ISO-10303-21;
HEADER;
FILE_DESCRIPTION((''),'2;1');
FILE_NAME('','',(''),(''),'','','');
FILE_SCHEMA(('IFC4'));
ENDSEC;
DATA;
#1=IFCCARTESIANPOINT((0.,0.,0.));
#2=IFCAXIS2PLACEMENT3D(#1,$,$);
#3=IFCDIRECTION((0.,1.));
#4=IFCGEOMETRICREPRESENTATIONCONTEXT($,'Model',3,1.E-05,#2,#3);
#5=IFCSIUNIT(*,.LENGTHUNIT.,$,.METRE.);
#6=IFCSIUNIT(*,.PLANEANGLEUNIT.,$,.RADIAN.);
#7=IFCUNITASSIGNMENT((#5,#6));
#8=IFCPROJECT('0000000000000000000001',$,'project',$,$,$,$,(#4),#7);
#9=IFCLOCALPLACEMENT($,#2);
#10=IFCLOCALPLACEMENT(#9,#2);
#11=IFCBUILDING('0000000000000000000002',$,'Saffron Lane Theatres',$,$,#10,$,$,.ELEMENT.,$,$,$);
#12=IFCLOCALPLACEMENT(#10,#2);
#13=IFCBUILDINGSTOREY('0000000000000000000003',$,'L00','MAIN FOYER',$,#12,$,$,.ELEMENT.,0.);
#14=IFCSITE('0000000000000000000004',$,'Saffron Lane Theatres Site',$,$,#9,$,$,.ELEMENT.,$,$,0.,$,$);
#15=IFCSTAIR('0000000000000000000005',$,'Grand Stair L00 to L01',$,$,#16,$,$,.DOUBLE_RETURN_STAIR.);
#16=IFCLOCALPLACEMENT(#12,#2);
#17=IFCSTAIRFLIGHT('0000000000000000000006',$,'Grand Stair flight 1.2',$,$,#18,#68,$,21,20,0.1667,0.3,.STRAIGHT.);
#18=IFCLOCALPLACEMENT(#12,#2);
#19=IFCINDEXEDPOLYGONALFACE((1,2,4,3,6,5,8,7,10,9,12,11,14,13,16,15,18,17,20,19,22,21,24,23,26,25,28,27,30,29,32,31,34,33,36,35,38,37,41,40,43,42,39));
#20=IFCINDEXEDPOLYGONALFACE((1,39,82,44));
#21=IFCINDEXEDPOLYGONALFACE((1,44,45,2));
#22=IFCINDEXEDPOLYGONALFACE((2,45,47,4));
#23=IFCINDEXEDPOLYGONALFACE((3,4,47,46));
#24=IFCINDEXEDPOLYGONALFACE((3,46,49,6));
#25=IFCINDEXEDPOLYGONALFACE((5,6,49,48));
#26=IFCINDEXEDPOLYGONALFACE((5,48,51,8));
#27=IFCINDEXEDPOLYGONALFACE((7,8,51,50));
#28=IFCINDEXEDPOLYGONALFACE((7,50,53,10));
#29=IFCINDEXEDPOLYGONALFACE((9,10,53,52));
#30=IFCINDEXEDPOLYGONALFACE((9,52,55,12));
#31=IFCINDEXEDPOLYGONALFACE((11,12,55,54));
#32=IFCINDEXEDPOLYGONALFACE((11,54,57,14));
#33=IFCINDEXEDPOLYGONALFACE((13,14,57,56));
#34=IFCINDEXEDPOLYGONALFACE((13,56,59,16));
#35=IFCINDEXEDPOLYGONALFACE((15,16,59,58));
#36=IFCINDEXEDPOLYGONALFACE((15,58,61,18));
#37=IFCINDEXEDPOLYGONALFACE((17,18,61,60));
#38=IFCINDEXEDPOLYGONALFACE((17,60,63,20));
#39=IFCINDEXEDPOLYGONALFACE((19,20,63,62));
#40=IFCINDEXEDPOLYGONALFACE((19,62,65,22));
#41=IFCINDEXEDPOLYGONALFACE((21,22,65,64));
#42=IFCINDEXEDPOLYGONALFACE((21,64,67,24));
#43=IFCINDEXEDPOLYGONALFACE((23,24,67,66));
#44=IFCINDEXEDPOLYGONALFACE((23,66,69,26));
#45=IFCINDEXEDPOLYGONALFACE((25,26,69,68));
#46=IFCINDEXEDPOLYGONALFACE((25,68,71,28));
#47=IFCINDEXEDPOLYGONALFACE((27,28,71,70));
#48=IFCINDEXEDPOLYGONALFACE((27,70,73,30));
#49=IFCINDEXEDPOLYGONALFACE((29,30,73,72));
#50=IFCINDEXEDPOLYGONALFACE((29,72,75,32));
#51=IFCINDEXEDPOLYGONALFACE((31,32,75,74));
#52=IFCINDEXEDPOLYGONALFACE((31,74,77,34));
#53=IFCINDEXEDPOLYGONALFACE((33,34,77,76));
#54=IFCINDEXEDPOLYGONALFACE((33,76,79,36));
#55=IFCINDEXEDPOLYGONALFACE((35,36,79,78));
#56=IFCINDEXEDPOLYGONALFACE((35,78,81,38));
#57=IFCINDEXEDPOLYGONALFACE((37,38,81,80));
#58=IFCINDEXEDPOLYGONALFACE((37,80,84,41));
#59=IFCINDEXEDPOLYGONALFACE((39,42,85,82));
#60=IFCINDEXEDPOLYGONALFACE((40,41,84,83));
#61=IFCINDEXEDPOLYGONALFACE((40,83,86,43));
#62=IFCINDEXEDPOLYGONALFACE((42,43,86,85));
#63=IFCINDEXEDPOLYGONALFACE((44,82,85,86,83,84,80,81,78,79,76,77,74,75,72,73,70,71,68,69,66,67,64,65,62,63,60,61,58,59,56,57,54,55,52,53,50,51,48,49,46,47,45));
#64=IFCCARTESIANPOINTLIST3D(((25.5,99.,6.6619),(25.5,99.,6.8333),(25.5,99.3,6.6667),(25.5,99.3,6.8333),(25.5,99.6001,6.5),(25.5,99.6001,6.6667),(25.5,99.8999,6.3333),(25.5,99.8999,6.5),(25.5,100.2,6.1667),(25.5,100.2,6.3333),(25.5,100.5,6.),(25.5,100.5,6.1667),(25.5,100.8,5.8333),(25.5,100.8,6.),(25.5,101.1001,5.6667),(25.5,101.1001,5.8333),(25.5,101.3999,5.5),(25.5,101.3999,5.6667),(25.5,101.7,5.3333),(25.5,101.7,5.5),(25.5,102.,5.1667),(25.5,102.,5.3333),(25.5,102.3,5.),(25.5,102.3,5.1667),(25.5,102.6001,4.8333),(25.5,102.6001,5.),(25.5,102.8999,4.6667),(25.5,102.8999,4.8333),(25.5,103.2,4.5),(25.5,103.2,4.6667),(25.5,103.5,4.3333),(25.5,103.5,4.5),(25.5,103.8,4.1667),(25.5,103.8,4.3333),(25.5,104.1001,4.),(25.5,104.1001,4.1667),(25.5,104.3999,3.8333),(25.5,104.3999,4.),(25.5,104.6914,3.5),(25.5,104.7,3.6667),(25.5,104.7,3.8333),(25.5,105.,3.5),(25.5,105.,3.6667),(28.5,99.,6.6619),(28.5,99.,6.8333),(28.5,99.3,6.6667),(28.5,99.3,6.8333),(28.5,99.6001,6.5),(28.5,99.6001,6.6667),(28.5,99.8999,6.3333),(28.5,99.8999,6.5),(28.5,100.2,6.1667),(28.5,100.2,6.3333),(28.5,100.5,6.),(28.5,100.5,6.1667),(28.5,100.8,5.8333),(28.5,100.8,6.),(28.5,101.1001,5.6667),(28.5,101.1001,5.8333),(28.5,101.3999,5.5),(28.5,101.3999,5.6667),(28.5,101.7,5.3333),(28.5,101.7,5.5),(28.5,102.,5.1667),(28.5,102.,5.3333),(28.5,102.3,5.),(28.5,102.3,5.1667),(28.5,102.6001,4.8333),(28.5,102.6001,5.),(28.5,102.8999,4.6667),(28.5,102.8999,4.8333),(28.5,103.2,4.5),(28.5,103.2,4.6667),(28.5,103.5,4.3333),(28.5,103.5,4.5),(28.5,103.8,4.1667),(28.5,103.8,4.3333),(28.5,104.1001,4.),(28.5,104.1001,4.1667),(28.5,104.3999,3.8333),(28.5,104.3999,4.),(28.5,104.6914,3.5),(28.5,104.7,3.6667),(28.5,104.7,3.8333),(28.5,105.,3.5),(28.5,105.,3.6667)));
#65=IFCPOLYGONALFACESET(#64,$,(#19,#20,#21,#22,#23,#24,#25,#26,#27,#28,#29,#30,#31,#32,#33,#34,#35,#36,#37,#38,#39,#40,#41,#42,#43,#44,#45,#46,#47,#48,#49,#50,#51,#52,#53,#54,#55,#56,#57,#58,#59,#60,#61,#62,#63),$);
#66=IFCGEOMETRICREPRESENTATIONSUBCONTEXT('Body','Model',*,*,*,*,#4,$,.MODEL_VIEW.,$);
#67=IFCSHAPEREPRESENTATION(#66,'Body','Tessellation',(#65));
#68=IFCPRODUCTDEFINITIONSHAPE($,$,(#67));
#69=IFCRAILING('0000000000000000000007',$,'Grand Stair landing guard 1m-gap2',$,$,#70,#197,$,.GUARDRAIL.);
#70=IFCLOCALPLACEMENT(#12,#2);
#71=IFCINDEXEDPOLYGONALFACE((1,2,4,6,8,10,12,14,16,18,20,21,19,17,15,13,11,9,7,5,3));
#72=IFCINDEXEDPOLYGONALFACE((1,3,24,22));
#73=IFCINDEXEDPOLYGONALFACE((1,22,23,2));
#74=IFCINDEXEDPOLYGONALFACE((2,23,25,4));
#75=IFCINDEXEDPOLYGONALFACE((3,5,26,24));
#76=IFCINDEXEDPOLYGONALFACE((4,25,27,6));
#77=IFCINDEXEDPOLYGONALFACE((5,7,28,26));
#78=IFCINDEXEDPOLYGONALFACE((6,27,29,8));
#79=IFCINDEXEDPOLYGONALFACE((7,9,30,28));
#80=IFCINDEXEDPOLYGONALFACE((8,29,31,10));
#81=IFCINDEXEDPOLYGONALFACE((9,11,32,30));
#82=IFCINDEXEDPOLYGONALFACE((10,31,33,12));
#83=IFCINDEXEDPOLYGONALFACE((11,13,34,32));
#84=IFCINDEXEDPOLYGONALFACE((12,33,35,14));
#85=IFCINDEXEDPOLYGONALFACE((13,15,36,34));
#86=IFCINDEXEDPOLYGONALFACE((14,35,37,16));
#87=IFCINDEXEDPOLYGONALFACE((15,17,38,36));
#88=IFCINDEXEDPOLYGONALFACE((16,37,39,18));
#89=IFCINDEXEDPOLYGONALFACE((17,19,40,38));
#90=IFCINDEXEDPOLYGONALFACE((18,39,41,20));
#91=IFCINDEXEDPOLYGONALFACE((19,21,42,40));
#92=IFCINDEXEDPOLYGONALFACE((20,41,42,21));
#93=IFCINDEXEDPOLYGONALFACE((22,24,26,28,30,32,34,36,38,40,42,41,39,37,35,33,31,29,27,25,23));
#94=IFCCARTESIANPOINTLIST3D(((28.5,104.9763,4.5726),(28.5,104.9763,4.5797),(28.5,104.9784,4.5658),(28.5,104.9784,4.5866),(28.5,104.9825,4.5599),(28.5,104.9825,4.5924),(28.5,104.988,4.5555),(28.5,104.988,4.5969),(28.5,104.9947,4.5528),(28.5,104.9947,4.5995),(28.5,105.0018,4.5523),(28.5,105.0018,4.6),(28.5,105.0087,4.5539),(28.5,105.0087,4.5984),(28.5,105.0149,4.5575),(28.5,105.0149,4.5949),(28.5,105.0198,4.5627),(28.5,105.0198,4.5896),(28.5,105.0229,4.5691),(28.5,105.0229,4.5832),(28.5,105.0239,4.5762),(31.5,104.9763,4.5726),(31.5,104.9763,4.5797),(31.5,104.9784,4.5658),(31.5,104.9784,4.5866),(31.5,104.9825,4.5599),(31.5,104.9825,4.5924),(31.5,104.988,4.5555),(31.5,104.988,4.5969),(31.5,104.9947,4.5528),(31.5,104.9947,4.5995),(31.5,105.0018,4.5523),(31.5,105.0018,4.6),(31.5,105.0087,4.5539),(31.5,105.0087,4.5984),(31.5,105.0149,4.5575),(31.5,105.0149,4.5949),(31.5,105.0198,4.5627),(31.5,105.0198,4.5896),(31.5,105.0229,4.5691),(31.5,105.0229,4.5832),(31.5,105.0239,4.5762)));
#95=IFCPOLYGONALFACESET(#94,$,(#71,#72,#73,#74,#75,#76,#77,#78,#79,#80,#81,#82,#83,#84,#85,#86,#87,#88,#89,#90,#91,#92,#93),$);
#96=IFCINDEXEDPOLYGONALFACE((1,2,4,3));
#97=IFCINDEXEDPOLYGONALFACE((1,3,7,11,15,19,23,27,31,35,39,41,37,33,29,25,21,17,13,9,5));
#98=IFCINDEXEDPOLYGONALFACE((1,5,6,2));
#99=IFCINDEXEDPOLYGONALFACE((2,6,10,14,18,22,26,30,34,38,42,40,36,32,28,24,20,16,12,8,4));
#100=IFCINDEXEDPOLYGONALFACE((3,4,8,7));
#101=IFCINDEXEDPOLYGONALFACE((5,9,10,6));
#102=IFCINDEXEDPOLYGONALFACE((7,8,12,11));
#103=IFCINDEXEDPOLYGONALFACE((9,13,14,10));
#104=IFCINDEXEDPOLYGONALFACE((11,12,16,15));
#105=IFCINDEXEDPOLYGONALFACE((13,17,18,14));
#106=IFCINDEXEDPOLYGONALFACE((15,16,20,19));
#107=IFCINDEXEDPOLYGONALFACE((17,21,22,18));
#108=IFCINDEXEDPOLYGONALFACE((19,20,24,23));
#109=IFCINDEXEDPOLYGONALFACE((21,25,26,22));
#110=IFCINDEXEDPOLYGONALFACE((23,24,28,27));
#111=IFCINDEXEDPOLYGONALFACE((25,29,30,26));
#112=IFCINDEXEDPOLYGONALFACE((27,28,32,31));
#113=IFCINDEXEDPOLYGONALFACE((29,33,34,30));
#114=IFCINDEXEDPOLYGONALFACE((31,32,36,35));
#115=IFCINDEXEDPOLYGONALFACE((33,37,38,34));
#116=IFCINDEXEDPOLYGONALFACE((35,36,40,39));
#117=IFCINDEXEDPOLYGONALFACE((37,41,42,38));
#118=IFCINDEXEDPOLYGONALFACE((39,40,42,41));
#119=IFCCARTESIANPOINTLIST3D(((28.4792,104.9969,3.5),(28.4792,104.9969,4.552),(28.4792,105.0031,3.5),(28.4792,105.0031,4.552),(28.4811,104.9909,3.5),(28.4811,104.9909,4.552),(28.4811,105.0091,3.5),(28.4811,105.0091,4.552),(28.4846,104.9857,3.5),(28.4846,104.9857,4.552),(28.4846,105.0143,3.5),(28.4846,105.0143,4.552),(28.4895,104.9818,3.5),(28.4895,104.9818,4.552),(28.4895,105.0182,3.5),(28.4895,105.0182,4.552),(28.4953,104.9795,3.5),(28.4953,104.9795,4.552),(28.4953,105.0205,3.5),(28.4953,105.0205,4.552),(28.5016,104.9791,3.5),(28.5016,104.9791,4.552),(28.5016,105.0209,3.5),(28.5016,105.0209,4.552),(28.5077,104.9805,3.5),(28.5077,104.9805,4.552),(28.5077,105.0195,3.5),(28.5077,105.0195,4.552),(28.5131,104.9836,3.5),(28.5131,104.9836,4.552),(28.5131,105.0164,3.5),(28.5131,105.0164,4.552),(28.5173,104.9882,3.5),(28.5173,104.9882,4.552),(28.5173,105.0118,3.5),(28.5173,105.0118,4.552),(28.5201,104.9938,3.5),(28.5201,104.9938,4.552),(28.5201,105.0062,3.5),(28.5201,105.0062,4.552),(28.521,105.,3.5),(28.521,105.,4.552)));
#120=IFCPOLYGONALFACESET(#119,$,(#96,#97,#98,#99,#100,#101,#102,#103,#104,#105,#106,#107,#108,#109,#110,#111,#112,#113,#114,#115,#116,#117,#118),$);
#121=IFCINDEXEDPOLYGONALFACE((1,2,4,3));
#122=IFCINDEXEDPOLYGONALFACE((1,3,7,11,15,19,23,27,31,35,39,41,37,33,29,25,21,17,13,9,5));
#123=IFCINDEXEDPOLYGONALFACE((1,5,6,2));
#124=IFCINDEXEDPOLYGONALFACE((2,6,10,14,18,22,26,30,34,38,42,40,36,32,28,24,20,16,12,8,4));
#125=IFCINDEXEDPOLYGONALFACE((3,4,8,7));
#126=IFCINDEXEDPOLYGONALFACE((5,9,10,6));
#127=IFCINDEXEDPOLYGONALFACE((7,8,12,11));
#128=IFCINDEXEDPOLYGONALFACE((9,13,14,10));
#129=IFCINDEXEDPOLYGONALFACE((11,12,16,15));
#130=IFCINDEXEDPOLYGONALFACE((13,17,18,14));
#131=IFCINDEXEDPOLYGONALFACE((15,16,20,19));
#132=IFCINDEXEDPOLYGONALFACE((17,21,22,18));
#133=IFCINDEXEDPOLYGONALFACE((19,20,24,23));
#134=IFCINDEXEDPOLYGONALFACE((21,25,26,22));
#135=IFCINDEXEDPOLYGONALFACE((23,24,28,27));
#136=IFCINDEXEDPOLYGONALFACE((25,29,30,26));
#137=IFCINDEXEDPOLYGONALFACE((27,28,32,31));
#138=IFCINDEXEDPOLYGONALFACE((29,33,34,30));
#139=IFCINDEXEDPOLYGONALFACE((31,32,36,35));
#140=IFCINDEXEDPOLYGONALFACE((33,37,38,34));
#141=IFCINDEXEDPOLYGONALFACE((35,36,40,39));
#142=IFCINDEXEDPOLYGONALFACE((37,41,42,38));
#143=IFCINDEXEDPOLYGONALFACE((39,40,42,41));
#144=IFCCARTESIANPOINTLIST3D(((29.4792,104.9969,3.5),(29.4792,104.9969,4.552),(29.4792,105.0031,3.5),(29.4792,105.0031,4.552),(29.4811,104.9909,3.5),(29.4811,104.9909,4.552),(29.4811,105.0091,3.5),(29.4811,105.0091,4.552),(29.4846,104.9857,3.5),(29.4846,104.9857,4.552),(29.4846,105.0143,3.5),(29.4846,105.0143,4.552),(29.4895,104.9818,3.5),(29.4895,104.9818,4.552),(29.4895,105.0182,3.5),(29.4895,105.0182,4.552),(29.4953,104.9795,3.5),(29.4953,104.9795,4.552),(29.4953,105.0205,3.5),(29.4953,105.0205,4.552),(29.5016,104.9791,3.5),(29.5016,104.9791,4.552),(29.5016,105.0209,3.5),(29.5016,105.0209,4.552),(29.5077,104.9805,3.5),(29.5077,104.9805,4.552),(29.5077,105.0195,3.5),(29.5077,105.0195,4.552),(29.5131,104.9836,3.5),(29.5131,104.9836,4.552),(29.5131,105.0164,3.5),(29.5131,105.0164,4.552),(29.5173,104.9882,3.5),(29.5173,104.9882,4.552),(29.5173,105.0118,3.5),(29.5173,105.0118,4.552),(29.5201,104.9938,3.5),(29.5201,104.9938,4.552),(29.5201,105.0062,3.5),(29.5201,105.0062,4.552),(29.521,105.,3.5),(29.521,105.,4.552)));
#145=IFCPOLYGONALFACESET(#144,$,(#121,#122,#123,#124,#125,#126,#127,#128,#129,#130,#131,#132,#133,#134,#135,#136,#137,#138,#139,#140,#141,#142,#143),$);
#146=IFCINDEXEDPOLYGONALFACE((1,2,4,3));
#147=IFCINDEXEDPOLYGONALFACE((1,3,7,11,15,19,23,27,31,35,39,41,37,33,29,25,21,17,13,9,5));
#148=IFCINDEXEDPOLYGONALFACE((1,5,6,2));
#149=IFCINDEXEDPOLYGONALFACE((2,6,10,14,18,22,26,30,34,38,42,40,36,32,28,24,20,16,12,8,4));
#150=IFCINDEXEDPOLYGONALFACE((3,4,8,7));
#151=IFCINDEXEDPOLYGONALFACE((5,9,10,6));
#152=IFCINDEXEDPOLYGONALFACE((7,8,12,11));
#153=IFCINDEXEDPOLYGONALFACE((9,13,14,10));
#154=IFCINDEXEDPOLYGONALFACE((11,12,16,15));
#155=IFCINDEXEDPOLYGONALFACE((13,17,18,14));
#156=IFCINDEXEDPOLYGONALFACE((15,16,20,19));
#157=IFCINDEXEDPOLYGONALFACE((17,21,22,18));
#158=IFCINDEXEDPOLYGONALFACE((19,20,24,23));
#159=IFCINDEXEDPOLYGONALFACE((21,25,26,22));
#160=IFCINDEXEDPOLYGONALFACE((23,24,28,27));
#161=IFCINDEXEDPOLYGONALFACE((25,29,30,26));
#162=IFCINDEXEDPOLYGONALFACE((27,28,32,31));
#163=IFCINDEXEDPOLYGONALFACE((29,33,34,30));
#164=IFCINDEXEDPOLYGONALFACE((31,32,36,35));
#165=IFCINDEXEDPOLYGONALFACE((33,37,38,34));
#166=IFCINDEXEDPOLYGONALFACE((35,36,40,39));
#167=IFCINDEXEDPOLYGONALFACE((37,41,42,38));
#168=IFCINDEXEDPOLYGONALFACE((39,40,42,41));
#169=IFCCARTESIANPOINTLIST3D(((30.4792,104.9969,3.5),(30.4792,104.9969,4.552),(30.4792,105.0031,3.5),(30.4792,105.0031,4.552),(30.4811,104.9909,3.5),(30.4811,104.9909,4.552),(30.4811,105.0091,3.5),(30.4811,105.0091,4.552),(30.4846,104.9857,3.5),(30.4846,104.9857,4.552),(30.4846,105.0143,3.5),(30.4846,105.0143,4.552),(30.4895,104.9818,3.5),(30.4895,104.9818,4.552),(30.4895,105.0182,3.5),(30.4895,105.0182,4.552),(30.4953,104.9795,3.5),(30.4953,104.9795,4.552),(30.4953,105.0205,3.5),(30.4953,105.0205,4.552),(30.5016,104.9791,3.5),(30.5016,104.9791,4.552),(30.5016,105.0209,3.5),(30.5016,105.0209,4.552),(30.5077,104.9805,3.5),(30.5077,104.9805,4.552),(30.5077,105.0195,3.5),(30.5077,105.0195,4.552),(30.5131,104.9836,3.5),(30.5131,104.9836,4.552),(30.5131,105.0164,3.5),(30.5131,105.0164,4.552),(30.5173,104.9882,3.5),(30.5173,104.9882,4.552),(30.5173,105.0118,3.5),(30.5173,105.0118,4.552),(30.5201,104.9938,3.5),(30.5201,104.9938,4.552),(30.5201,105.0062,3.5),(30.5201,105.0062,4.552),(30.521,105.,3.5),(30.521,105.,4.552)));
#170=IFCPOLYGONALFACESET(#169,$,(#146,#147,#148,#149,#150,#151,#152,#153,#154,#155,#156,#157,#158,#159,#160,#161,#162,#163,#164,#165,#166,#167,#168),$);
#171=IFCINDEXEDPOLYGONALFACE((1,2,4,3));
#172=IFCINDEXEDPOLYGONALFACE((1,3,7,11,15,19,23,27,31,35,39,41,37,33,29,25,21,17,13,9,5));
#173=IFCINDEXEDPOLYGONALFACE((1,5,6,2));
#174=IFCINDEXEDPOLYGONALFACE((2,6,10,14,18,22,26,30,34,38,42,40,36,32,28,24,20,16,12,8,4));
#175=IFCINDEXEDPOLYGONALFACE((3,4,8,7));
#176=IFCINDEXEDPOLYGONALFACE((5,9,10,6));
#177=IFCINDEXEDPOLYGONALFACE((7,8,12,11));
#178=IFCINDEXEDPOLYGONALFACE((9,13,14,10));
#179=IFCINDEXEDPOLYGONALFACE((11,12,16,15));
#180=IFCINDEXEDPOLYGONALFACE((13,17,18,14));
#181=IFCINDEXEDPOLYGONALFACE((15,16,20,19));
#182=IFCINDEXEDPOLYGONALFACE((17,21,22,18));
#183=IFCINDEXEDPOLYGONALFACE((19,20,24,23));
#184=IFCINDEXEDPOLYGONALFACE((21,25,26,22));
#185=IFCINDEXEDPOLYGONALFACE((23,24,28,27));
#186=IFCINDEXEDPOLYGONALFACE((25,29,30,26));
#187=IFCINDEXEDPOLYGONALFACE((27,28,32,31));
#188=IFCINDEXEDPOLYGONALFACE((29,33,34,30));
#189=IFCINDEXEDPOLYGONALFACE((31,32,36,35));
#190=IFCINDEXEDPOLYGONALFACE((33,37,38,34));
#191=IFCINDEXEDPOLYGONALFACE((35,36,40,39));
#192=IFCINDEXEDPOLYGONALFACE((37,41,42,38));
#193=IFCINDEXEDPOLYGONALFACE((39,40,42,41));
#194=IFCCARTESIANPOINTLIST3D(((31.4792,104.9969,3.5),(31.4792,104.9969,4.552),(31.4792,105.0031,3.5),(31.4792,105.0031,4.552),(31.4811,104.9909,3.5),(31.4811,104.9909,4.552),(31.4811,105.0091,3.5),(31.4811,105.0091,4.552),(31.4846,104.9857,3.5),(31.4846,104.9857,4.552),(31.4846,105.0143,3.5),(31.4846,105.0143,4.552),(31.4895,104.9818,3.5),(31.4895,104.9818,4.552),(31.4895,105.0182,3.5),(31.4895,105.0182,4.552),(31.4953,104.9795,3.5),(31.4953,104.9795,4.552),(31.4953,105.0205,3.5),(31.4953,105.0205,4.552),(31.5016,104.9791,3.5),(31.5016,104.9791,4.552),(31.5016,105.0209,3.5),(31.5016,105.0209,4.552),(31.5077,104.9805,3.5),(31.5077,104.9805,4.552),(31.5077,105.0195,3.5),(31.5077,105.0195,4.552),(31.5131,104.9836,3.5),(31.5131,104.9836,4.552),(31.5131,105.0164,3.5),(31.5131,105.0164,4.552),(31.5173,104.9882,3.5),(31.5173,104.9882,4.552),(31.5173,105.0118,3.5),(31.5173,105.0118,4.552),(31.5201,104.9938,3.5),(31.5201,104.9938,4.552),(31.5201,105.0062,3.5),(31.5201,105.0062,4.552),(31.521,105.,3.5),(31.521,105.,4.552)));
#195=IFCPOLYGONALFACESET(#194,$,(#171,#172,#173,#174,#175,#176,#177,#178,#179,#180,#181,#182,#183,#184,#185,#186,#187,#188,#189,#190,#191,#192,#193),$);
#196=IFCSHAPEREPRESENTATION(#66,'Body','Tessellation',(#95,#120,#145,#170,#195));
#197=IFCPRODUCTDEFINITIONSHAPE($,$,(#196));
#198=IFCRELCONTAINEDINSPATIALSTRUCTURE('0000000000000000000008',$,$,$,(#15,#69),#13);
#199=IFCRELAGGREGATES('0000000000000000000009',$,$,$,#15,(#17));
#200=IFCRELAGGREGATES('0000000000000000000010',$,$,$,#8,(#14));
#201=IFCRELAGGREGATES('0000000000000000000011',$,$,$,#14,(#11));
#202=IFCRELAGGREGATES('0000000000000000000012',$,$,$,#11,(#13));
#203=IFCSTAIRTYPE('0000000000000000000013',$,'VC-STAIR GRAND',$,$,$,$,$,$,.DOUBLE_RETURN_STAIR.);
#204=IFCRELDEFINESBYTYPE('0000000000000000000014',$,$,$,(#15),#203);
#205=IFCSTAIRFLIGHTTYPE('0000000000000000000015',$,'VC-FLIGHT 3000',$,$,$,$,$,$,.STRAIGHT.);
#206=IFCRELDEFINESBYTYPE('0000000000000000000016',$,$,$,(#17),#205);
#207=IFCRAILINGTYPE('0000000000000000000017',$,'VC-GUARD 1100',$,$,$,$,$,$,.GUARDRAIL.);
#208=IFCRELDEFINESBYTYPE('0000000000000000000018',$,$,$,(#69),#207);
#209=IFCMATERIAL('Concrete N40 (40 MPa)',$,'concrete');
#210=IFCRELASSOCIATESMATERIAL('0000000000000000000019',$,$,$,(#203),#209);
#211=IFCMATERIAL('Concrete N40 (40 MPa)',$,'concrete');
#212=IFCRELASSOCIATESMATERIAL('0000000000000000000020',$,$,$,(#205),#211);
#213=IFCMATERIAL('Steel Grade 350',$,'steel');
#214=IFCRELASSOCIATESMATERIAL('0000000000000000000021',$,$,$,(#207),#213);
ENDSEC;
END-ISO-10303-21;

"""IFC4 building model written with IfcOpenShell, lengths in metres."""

from ifc_helpers import new_model, si_unit, direction, frame, origin, origin_2d, place, context, subcontext, project, spatial, polyline, circle, outline, extrude, material, type_object, element, aggregate, save


model = new_model("IFC4")

# Units and contexts
model_context = context("Model", 3, precision=1e-05, world=origin(), true_north=direction((0.0, 1.0)))
body_context = subcontext(model_context, "Body", "Model", "MODEL_VIEW")
ifc_project = project(units=[si_unit("LENGTHUNIT", "METRE"), si_unit("PLANEANGLEUNIT", "RADIAN")], contexts=[model_context])

# Site, building, storey
site_placement = place(None, origin())
site = spatial("IfcSite", under=ifc_project, at=site_placement, Name="Saffron Lane Theatres Site", CompositionType="ELEMENT", RefElevation=0.0)
building_placement = place(site_placement, origin())
building = spatial("IfcBuilding", under=site, at=building_placement, Name="Saffron Lane Theatres", CompositionType="ELEMENT")
storey_placement = place(building_placement, origin())
storey = spatial("IfcBuildingStorey", under=building, at=storey_placement, Name="L00", Description="MAIN FOYER", CompositionType="ELEMENT", Elevation=0.0)

# Stair, stair flight
ifc_material_1 = material(Name="Concrete N40 (40 MPa)", Category="concrete")
stair_type = type_object("IfcStairType", Name="VC-STAIR GRAND", PredefinedType="DOUBLE_RETURN_STAIR", material=ifc_material_1)
stair_placement = place(storey_placement, origin())
stair = element("IfcStair", 1, at=stair_placement, inside=storey, type_object=stair_type, Name="Grand Stair L00 to L01", PredefinedType="DOUBLE_RETURN_STAIR")
ifc_material_2 = material(Name="Concrete N40 (40 MPa)", Category="concrete")
stair_flight_type = type_object("IfcStairFlightType", Name="VC-FLIGHT 3000", PredefinedType="STRAIGHT", material=ifc_material_2)
stair_flight_placement = place(storey_placement, frame((27.0, 105.0, 3.5), z_axis=(0.0, 0.0, 1.0), x_axis=(0.0, -1.0, 0.0)))
stair_flight = element("IfcStairFlight", 2, at=stair_flight_placement, type_object=stair_flight_type, Name="Grand Stair flight 1.2", NumberOfRisers=21, NumberOfTreads=20, PredefinedType="STRAIGHT", RiserHeight=0.1667, TreadLength=0.3, context=body_context, shape_type="SweptSolid", body=[
    extrude(outline(polyline([(0.0, 0.0), (0.0, 0.1667), (0.3, 0.1667), (0.3, 0.3333), (0.6001, 0.3333), (0.6001, 0.5), (0.8999, 0.5), (0.8999, 0.6667), (1.2, 0.6667), (1.2, 0.8333), (1.5, 0.8333), (1.5, 1.0), (1.8, 1.0), (1.8, 1.1667), (2.1001, 1.1667), (2.1001, 1.3333), (2.3999, 1.3333), (2.3999, 1.5), (2.7, 1.5), (2.7, 1.6667), (3.0, 1.6667), (3.0, 1.8333), (3.3, 1.8333), (3.3, 2.0), (3.6001, 2.0), (3.6001, 2.1667), (3.8999, 2.1667), (3.8999, 2.3333), (4.2, 2.3333), (4.2, 2.5), (4.5, 2.5), (4.5, 2.6667), (4.8, 2.6667), (4.8, 2.8333), (5.1001, 2.8333), (5.1001, 3.0), (5.3999, 3.0), (5.3999, 3.1667), (5.7, 3.1667), (5.7, 3.3333), (6.0, 3.3333), (6.0, 3.5), (6.0, 3.1619), (0.3086, 0.0), (0.0, 0.0)])), frame((0.0, 1.5, 0.0), z_axis=(0.0, -1.0, 0.0), x_axis=(1.0, 0.0, 0.0)), (0.0, 0.0, 1.0), 3.0),
])
aggregate(stair, [stair_flight])

# Railing
ifc_material_3 = material(Name="Steel Grade 350", Category="steel")
railing_type_1 = type_object("IfcRailingType", Name="VC-GUARD 1100", PredefinedType="GUARDRAIL", material=ifc_material_3)
railing_1_placement = place(storey_placement, frame((28.5, 105.0, 3.5)))
element("IfcRailing", 3, at=railing_1_placement, inside=storey, type_object=railing_type_1, Name="Grand Stair landing guard 1m-gap2", PredefinedType="GUARDRAIL", context=body_context, shape_type="SweptSolid", body=[
    extrude(circle(Radius=0.0239, at=origin_2d()), frame((0.0, 0.0, 1.0762), z_axis=(1.0, 0.0, 0.0), x_axis=(0.0, 1.0, 0.0)), (0.0, 0.0, 1.0), 3.0),
    extrude(circle(Radius=0.021, at=origin_2d()), origin(), (0.0, 0.0, 1.0), 1.052),
    extrude(circle(Radius=0.021, at=origin_2d()), frame((1.0, 0.0, 0.0)), (0.0, 0.0, 1.0), 1.052),
    extrude(circle(Radius=0.021, at=origin_2d()), frame((2.0, 0.0, 0.0)), (0.0, 0.0, 1.0), 1.052),
    extrude(circle(Radius=0.021, at=origin_2d()), frame((3.0, 0.0, 0.0)), (0.0, 0.0, 1.0), 1.052),
])

save(model, "model.ifc")
